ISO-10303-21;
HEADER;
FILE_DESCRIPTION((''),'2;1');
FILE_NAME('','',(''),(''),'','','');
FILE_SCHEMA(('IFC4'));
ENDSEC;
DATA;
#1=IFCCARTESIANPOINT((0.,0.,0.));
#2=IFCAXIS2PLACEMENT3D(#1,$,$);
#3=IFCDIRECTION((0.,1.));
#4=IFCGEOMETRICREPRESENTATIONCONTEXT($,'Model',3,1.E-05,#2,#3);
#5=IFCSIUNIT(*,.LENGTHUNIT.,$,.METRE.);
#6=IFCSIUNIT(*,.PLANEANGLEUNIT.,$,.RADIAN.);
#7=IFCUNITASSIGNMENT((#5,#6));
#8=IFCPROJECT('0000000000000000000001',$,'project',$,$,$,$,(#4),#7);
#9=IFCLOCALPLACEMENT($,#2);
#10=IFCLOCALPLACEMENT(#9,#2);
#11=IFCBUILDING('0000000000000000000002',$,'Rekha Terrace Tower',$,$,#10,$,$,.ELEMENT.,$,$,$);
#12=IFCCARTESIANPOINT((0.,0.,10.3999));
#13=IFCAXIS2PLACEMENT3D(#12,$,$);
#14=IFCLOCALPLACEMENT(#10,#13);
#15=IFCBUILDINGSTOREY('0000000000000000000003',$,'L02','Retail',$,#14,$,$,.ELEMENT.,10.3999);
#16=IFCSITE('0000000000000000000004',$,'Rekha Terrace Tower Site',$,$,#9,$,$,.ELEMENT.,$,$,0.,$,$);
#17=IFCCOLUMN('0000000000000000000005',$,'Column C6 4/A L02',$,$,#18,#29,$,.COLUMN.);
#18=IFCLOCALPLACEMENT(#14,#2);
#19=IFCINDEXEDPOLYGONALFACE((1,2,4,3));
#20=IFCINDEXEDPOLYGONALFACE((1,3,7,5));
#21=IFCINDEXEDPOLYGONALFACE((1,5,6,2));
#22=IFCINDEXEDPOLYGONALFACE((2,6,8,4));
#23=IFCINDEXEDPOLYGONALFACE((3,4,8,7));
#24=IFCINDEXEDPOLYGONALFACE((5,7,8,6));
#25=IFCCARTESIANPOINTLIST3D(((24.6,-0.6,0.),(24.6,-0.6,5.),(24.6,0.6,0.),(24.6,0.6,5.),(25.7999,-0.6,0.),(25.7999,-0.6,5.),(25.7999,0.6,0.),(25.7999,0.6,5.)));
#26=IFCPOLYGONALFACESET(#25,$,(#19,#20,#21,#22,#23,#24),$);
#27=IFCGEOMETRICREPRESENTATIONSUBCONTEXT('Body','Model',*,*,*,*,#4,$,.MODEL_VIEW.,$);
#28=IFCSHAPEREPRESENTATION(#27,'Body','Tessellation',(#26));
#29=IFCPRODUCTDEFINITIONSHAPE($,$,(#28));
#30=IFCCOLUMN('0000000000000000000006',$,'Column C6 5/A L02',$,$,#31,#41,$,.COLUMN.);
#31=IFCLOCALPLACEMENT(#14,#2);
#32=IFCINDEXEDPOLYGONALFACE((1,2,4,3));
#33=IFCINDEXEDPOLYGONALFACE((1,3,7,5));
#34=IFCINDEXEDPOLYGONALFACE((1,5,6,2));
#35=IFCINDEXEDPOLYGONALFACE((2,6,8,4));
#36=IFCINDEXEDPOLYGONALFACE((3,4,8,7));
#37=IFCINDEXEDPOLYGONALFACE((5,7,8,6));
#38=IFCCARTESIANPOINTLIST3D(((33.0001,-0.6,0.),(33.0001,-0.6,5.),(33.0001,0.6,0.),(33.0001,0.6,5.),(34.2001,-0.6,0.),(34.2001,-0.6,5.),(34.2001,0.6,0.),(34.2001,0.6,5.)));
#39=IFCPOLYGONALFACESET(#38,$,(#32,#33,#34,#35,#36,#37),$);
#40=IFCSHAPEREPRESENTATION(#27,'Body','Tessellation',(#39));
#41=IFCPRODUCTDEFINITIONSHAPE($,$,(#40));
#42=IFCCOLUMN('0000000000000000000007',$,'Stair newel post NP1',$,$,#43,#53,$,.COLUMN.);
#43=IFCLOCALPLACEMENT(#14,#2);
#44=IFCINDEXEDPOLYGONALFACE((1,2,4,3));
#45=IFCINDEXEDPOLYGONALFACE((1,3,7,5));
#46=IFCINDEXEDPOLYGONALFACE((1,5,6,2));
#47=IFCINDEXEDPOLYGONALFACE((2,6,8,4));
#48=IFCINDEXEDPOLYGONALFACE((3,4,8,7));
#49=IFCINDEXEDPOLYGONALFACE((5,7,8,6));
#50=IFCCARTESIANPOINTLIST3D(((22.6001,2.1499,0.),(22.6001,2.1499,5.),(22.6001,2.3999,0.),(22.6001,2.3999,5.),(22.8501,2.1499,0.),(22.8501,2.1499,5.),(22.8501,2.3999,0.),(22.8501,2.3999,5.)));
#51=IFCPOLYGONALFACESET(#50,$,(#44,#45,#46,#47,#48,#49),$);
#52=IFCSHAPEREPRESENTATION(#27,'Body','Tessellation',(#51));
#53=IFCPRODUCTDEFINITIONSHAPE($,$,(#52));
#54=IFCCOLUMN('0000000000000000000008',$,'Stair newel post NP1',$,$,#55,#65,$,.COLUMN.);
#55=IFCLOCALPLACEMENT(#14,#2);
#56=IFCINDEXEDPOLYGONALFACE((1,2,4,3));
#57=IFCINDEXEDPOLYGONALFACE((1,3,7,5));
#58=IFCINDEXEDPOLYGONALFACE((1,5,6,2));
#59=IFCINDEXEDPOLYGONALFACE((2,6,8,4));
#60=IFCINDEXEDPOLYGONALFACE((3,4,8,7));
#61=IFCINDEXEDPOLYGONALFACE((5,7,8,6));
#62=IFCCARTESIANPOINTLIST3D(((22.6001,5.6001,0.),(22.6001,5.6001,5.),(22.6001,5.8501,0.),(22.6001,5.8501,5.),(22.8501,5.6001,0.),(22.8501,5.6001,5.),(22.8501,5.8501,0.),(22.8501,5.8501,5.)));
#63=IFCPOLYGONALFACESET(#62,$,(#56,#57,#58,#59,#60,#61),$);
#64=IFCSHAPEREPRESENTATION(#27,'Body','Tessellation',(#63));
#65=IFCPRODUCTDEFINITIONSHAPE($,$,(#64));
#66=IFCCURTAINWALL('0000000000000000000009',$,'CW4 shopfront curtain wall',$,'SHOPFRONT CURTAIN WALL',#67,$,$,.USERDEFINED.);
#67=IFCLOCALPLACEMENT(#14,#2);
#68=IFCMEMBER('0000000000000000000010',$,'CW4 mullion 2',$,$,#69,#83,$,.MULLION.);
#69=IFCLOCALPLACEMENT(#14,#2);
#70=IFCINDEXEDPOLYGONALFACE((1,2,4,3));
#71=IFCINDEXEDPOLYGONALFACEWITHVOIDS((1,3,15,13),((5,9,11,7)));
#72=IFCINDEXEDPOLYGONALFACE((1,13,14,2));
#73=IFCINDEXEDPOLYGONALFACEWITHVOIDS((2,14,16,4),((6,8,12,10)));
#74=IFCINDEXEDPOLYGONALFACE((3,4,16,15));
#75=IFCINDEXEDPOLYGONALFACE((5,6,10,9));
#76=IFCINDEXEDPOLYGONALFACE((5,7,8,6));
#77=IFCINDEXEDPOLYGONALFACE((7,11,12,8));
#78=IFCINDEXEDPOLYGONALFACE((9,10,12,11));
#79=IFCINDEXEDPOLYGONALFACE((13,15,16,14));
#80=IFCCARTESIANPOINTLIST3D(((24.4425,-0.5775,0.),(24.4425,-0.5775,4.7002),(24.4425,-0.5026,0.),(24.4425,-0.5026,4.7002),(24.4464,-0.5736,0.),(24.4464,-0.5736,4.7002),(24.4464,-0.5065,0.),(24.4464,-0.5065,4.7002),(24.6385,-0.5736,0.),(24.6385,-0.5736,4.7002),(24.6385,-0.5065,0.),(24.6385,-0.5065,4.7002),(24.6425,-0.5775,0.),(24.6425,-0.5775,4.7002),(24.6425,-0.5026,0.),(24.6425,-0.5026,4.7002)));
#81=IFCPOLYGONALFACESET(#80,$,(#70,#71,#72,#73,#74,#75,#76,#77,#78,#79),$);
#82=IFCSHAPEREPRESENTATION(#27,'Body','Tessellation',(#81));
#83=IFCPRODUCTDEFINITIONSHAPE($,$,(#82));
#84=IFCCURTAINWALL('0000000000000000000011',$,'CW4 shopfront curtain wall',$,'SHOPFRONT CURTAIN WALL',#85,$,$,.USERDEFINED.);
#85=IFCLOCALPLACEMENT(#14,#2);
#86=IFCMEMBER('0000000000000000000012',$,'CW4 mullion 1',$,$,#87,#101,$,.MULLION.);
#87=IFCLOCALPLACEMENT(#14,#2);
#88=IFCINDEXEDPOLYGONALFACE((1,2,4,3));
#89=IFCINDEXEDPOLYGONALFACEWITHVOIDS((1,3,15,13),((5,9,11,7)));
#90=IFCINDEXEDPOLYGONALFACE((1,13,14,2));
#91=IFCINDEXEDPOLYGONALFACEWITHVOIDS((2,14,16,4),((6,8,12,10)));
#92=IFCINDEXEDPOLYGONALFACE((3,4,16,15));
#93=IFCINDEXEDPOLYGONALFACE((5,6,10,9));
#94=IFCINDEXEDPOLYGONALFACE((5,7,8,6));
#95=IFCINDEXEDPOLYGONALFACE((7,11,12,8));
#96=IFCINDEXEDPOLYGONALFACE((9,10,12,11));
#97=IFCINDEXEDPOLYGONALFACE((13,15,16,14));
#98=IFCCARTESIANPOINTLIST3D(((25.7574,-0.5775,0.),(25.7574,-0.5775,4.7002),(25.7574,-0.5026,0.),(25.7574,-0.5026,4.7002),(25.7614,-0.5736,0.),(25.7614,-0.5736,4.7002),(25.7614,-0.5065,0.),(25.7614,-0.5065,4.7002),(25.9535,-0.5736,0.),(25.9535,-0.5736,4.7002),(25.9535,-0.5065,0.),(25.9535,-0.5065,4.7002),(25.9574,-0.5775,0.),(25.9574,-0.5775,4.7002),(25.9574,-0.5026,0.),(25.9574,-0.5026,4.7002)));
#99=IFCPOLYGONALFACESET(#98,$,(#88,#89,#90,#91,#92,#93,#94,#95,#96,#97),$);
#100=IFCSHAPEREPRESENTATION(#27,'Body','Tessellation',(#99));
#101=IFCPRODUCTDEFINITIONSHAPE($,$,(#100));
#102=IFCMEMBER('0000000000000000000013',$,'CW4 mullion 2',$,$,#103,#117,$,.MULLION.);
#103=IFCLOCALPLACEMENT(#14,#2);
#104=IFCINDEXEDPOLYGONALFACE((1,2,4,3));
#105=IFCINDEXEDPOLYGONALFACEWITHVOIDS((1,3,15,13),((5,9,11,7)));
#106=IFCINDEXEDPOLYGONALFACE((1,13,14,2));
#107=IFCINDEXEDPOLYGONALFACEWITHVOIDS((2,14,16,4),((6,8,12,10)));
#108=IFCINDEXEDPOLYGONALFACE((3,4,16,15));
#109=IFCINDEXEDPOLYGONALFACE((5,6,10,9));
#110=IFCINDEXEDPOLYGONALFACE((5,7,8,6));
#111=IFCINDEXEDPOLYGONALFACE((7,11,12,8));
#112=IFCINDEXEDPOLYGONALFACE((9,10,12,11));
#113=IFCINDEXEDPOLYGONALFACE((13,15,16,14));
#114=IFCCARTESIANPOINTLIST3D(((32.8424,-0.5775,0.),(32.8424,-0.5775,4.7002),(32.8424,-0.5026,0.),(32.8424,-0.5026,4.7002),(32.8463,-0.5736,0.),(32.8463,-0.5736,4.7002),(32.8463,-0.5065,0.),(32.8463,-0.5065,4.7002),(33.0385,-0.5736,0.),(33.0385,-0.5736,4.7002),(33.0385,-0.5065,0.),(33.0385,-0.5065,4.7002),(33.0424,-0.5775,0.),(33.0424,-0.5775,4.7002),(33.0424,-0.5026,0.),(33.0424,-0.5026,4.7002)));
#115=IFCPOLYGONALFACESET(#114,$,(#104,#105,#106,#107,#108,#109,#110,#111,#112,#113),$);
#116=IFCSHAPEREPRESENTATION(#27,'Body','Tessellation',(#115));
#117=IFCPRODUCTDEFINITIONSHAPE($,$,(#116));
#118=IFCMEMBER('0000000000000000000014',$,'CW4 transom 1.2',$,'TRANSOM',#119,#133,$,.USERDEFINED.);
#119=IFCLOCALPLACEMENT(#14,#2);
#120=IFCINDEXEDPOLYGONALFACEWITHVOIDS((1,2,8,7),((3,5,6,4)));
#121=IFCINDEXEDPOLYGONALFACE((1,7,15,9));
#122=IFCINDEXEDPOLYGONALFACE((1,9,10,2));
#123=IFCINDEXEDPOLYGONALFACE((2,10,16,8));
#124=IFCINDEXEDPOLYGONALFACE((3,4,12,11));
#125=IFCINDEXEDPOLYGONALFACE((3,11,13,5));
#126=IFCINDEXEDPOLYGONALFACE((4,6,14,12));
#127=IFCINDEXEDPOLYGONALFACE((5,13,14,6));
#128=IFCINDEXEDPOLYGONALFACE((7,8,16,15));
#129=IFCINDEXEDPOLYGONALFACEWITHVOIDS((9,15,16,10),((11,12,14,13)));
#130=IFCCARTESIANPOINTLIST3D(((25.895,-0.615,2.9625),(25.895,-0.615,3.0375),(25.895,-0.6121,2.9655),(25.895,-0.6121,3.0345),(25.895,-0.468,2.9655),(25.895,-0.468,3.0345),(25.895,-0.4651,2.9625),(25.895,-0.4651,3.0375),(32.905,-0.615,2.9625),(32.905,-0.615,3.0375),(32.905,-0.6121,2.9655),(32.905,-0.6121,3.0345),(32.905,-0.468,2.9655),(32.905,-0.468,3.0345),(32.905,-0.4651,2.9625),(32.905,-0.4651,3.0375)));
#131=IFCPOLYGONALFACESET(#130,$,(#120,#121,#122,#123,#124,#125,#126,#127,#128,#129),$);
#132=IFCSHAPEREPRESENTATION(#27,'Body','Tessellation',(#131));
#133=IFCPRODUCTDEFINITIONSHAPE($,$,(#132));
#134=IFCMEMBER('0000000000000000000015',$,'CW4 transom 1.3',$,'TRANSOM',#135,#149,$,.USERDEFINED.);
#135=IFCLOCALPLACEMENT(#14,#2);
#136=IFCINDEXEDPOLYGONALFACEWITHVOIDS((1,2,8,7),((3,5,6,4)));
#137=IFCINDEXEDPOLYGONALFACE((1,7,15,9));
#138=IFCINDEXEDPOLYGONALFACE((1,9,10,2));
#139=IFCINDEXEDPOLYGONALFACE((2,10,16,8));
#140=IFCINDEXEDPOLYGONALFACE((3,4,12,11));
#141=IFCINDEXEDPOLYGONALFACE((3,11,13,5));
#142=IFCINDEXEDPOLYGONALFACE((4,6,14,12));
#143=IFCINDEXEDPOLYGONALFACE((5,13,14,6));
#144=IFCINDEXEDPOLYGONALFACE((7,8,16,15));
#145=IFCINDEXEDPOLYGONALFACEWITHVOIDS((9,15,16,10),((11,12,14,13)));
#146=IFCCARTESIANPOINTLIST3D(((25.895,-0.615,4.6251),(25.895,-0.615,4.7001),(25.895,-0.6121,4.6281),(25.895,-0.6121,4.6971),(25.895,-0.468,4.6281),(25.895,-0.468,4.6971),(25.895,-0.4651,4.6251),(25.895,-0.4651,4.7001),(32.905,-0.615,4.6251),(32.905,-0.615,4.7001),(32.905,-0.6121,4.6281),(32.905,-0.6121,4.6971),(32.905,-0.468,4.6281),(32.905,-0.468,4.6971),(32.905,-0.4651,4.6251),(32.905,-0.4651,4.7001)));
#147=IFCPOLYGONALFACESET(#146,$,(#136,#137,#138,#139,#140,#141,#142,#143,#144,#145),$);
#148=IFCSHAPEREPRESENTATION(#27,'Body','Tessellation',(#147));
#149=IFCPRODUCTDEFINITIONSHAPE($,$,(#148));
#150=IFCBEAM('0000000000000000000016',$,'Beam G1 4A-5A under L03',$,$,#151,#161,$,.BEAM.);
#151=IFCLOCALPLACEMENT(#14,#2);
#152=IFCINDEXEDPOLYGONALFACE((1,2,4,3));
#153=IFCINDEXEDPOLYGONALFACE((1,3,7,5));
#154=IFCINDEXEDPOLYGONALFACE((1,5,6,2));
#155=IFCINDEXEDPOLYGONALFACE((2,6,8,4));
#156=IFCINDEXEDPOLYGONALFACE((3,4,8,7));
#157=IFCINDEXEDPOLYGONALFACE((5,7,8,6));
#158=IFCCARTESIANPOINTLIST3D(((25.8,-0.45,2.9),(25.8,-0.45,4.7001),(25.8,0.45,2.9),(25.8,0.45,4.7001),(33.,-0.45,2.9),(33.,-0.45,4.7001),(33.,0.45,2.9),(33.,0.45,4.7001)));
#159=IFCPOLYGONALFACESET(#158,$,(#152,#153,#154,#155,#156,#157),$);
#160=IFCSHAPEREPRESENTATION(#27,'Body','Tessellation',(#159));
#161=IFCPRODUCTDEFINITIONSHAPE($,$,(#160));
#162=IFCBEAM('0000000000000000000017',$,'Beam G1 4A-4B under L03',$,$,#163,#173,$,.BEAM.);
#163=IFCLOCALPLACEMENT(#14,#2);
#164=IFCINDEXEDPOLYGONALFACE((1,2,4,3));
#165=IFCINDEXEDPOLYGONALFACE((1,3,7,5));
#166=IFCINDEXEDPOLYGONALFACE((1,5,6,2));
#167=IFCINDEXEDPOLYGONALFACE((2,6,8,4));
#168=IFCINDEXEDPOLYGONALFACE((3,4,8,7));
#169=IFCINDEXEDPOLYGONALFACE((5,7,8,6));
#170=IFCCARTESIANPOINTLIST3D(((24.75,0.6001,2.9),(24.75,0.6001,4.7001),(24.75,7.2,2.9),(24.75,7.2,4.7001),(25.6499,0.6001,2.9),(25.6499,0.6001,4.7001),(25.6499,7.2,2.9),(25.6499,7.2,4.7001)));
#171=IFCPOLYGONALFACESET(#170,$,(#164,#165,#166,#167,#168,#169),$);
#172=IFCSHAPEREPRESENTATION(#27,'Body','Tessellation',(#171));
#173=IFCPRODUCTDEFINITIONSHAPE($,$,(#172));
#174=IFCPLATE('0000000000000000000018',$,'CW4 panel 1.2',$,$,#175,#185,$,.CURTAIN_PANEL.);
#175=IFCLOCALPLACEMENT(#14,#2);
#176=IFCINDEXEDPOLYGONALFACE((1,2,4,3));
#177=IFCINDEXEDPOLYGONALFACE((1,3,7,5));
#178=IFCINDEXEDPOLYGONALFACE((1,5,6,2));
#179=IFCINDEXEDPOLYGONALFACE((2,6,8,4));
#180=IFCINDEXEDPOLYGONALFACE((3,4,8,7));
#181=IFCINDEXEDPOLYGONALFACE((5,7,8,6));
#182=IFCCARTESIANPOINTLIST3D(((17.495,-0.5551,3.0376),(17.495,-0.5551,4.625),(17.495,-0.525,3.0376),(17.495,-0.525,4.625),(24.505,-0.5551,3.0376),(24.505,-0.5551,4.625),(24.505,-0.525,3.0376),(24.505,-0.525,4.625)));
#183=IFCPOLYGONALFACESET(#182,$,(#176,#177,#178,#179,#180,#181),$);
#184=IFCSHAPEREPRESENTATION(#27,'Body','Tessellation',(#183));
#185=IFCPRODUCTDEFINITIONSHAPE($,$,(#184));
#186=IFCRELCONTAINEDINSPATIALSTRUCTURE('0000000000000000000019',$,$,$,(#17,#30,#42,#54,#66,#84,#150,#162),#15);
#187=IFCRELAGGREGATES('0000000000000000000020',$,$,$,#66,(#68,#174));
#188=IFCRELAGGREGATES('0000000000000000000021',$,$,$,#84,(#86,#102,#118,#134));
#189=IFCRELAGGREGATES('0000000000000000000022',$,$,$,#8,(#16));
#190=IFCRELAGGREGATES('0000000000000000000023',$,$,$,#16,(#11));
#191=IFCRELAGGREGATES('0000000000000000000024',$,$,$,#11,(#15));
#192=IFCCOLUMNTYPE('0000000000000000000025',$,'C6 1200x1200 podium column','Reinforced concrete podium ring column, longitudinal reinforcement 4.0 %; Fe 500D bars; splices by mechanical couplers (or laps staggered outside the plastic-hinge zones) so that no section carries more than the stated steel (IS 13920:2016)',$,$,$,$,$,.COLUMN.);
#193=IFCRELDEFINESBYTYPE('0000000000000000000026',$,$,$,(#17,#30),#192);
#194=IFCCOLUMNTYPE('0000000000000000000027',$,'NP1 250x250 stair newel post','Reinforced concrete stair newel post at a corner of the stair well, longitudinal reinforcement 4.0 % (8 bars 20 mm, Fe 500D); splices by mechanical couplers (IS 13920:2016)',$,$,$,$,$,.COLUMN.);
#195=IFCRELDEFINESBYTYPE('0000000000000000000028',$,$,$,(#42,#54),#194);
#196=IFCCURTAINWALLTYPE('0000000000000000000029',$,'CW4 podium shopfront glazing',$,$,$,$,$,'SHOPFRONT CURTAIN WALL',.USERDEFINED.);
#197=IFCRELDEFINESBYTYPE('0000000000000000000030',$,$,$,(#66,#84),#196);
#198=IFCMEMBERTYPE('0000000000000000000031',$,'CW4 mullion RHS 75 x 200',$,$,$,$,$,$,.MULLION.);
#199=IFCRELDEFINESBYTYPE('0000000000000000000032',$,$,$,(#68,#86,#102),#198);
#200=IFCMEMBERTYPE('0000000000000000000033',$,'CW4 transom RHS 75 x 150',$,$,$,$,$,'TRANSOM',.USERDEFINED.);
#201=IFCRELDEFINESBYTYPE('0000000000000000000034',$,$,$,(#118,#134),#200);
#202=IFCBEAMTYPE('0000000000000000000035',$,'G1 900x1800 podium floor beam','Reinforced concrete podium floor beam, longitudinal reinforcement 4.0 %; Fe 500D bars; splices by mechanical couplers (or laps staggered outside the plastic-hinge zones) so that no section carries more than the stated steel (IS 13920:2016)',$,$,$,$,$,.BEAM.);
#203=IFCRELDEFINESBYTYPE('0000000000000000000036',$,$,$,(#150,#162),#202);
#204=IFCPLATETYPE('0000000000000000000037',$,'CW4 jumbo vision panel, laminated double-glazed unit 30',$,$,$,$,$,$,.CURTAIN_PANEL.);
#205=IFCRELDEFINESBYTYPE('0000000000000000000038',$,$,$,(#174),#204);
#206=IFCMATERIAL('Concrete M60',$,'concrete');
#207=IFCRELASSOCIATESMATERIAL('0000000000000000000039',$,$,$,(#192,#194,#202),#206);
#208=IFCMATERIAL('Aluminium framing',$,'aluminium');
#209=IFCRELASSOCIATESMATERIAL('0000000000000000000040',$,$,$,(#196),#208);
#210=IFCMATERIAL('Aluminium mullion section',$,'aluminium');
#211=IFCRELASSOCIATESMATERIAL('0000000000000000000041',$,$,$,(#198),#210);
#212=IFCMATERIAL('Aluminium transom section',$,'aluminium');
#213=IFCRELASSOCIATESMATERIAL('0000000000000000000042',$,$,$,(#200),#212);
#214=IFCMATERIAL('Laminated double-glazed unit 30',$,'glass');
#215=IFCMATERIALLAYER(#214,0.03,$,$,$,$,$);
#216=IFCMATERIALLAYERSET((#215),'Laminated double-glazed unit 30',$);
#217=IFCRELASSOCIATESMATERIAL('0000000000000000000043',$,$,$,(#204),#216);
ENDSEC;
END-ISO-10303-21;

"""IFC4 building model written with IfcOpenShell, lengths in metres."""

from ifc_helpers import new_model, si_unit, direction, frame, origin, origin_2d, place, context, subcontext, project, spatial, rectangle, hollow_rectangle, extrude, material, layer, layer_set, material_profile, profile_set, type_object, element, aggregate, save


model = new_model("IFC4")

# Units and contexts
model_context = context("Model", 3, precision=1e-05, world=origin(), true_north=direction((0.0, 1.0)))
body_context = subcontext(model_context, "Body", "Model", "MODEL_VIEW")
ifc_project = project(units=[si_unit("LENGTHUNIT", "METRE"), si_unit("PLANEANGLEUNIT", "RADIAN")], contexts=[model_context])

# Site, building, storey
site_placement = place(None, origin())
site = spatial("IfcSite", under=ifc_project, at=site_placement, Name="Rekha Terrace Tower Site", CompositionType="ELEMENT", RefElevation=0.0)
building_placement = place(site_placement, origin())
building = spatial("IfcBuilding", under=site, at=building_placement, Name="Rekha Terrace Tower", CompositionType="ELEMENT")
storey_placement = place(building_placement, frame((0.0, 0.0, 10.3999)))
storey = spatial("IfcBuildingStorey", under=building, at=storey_placement, Name="L02", Description="Retail", CompositionType="ELEMENT", Elevation=10.3999)

# Columns
ifc_material_1 = material(Name="Concrete M60", Category="concrete")
ifc_material_profile_1 = material_profile(ifc_material_1, rectangle(XDim=1.2, YDim=1.2, at=origin_2d()), Name="RC 1200x1200")
ifc_profile_set_1 = profile_set([ifc_material_profile_1], Name="Concrete M60")
column_type_1 = type_object("IfcColumnType", Name="C6 1200x1200 podium column", Description="Reinforced concrete podium ring column, longitudinal reinforcement 4.0 %; Fe 500D bars; splices by mechanical couplers (or laps staggered outside the plastic-hinge zones) so that no section carries more than the stated steel (IS 13920:2016)", PredefinedType="COLUMN", material=ifc_profile_set_1)
for number, where, z_axis, x_axis, name in (
    (1, (25.2, 0.0, 0.0), (0.0, 0.0, 1.0), (1.0, 0.0, 0.0), "Column C6 4/A L02"),
    (2, (33.6001, 0.0, 0.0), (0.0, 0.0, 1.0), (1.0, 0.0, 0.0), "Column C6 5/A L02"),
):
    element("IfcColumn", number, at=place(storey_placement, frame(where, z_axis=z_axis, x_axis=x_axis)), inside=storey, type_object=column_type_1, Name=name, PredefinedType="COLUMN", context=body_context, shape_type="SweptSolid", body=[
        extrude(rectangle(XDim=1.2, YDim=1.2, at=origin_2d()), origin(), (0.0, 0.0, 1.0), 5.0),
    ])
ifc_material_profile_2 = material_profile(ifc_material_1, rectangle(XDim=0.25, YDim=0.25, at=origin_2d()), Name="RC 250x250")
ifc_profile_set_2 = profile_set([ifc_material_profile_2], Name="Concrete M60")
column_type_2 = type_object("IfcColumnType", Name="NP1 250x250 stair newel post", Description="Reinforced concrete stair newel post at a corner of the stair well, longitudinal reinforcement 4.0 % (8 bars 20 mm, Fe 500D); splices by mechanical couplers (IS 13920:2016)", PredefinedType="COLUMN", material=ifc_profile_set_2)
for number, where, z_axis, x_axis, name in (
    (3, (22.7251, 2.2749, 0.0), (0.0, 0.0, 1.0), (1.0, 0.0, 0.0), "Stair newel post NP1"),
    (4, (22.7251, 5.7251, 0.0), (0.0, 0.0, 1.0), (1.0, 0.0, 0.0), "Stair newel post NP1"),
):
    element("IfcColumn", number, at=place(storey_placement, frame(where, z_axis=z_axis, x_axis=x_axis)), inside=storey, type_object=column_type_2, Name=name, PredefinedType="COLUMN", context=body_context, shape_type="SweptSolid", body=[
        extrude(rectangle(XDim=0.25, YDim=0.25, at=origin_2d()), origin(), (0.0, 0.0, 1.0), 5.0),
    ])

# Curtain wall, member
ifc_material_2 = material(Name="Aluminium framing", Category="aluminium")
curtain_wall_type = type_object("IfcCurtainWallType", Name="CW4 podium shopfront glazing", ElementType="SHOPFRONT CURTAIN WALL", PredefinedType="USERDEFINED", material=ifc_material_2)
curtain_wall_1_placement = place(storey_placement, origin())
curtain_wall_1 = element("IfcCurtainWall", 5, at=curtain_wall_1_placement, inside=storey, type_object=curtain_wall_type, Name="CW4 shopfront curtain wall", ObjectType="SHOPFRONT CURTAIN WALL", PredefinedType="USERDEFINED")
ifc_material_3 = material(Name="Aluminium mullion section", Category="aluminium")
ifc_material_profile_3 = material_profile(ifc_material_3, hollow_rectangle(XDim=0.075, YDim=0.2, WallThickness=0.0039, at=origin_2d()), Name="AL RHS 75x200")
ifc_profile_set_3 = profile_set([ifc_material_profile_3], Name="Aluminium mullion section")
member_type_1 = type_object("IfcMemberType", Name="CW4 mullion RHS 75 x 200", PredefinedType="MULLION", material=ifc_profile_set_3)
member_1_placement = place(storey_placement, frame((24.5425, -0.54, 0.0), z_axis=(0.0, 0.0, 1.0), x_axis=(0.0, 1.0, 0.0)))
member_1 = element("IfcMember", 6, at=member_1_placement, type_object=member_type_1, Name="CW4 mullion 2", PredefinedType="MULLION", context=body_context, shape_type="SweptSolid", body=[
    extrude(hollow_rectangle(XDim=0.075, YDim=0.2, WallThickness=0.0039, at=origin_2d()), origin(), (0.0, 0.0, 1.0), 4.7002),
])

# Curtain wall, members
curtain_wall_2_placement = place(storey_placement, origin())
curtain_wall_2 = element("IfcCurtainWall", 7, at=curtain_wall_2_placement, inside=storey, type_object=curtain_wall_type, Name="CW4 shopfront curtain wall", ObjectType="SHOPFRONT CURTAIN WALL", PredefinedType="USERDEFINED")
member_2_placement = place(storey_placement, frame((25.8574, -0.54, 0.0), z_axis=(0.0, 0.0, 1.0), x_axis=(0.0, 1.0, 0.0)))
member_2 = element("IfcMember", 8, at=member_2_placement, type_object=member_type_1, Name="CW4 mullion 1", PredefinedType="MULLION", context=body_context, shape_type="SweptSolid", body=[
    extrude(hollow_rectangle(XDim=0.075, YDim=0.2, WallThickness=0.0039, at=origin_2d()), origin(), (0.0, 0.0, 1.0), 4.7002),
])
member_3_placement = place(storey_placement, frame((32.9424, -0.54, 0.0), z_axis=(0.0, 0.0, 1.0), x_axis=(0.0, 1.0, 0.0)))
member_3 = element("IfcMember", 9, at=member_3_placement, type_object=member_type_1, Name="CW4 mullion 2", PredefinedType="MULLION", context=body_context, shape_type="SweptSolid", body=[
    extrude(hollow_rectangle(XDim=0.075, YDim=0.2, WallThickness=0.0039, at=origin_2d()), origin(), (0.0, 0.0, 1.0), 4.7002),
])
ifc_material_4 = material(Name="Aluminium transom section", Category="aluminium")
ifc_material_profile_4 = material_profile(ifc_material_4, hollow_rectangle(XDim=0.1499, YDim=0.075, WallThickness=0.0029, at=origin_2d()), Name="AL RHS 150x75")
ifc_profile_set_4 = profile_set([ifc_material_profile_4], Name="Aluminium transom section")
member_type_2 = type_object("IfcMemberType", Name="CW4 transom RHS 75 x 150", ElementType="TRANSOM", PredefinedType="USERDEFINED", material=ifc_profile_set_4)
member_4_placement = place(storey_placement, frame((25.895, -0.54, 3.0), z_axis=(1.0, 0.0, 0.0), x_axis=(0.0, 1.0, 0.0)))
member_4 = element("IfcMember", 10, at=member_4_placement, type_object=member_type_2, Name="CW4 transom 1.2", ObjectType="TRANSOM", PredefinedType="USERDEFINED", context=body_context, shape_type="SweptSolid", body=[
    extrude(hollow_rectangle(XDim=0.1499, YDim=0.075, WallThickness=0.0029, at=origin_2d()), origin(), (0.0, 0.0, 1.0), 7.01),
])
member_5_placement = place(storey_placement, frame((25.895, -0.54, 4.6626), z_axis=(1.0, 0.0, 0.0), x_axis=(0.0, 1.0, 0.0)))
member_5 = element("IfcMember", 11, at=member_5_placement, type_object=member_type_2, Name="CW4 transom 1.3", ObjectType="TRANSOM", PredefinedType="USERDEFINED", context=body_context, shape_type="SweptSolid", body=[
    extrude(hollow_rectangle(XDim=0.1499, YDim=0.075, WallThickness=0.0029, at=origin_2d()), origin(), (0.0, 0.0, 1.0), 7.01),
])

# Beams
ifc_material_profile_5 = material_profile(ifc_material_1, rectangle(XDim=0.8999, YDim=1.8, at=origin_2d()), Name="RC 900x1800")
ifc_profile_set_5 = profile_set([ifc_material_profile_5], Name="Concrete M60")
beam_type = type_object("IfcBeamType", Name="G1 900x1800 podium floor beam", Description="Reinforced concrete podium floor beam, longitudinal reinforcement 4.0 %; Fe 500D bars; splices by mechanical couplers (or laps staggered outside the plastic-hinge zones) so that no section carries more than the stated steel (IS 13920:2016)", PredefinedType="BEAM", material=ifc_profile_set_5)
beam_1_placement = place(storey_placement, frame((25.8, 0.0, 3.8), z_axis=(1.0, 0.0, 0.0), x_axis=(0.0, 1.0, 0.0)))
element("IfcBeam", 12, at=beam_1_placement, inside=storey, type_object=beam_type, Name="Beam G1 4A-5A under L03", PredefinedType="BEAM", context=body_context, shape_type="SweptSolid", body=[
    extrude(rectangle(XDim=0.8999, YDim=1.8, at=origin_2d()), origin(), (0.0, 0.0, 1.0), 7.2),
])
beam_2_placement = place(storey_placement, frame((25.2, 0.6001, 3.8), z_axis=(0.0, 1.0, 0.0), x_axis=(-1.0, 0.0, 0.0)))
element("IfcBeam", 13, at=beam_2_placement, inside=storey, type_object=beam_type, Name="Beam G1 4A-4B under L03", PredefinedType="BEAM", context=body_context, shape_type="SweptSolid", body=[
    extrude(rectangle(XDim=0.8999, YDim=1.8, at=origin_2d()), origin(), (0.0, 0.0, 1.0), 6.5999),
])

# Plate
ifc_material_5 = material(Name="Laminated double-glazed unit 30", Category="glass")
ifc_layer_1 = layer(ifc_material_5, 0.03)
ifc_layer_set_1 = layer_set([ifc_layer_1], Name="Laminated double-glazed unit 30")
plate_type = type_object("IfcPlateType", Name="CW4 jumbo vision panel, laminated double-glazed unit 30", PredefinedType="CURTAIN_PANEL", material=ifc_layer_set_1)
plate_1_placement = place(storey_placement, frame((21.0, -0.54, 3.0376), z_axis=(0.0, 0.0, 1.0), x_axis=(1.0, 0.0, 0.0)))
plate_1 = element("IfcPlate", 14, at=plate_1_placement, type_object=plate_type, Name="CW4 panel 1.2", PredefinedType="CURTAIN_PANEL", context=body_context, shape_type="SweptSolid", body=[
    extrude(rectangle(XDim=7.01, YDim=0.03, at=origin_2d()), origin(), (0.0, 0.0, 1.0), 1.5874),
])
aggregate(curtain_wall_1, [member_1, plate_1])
aggregate(curtain_wall_2, [member_2, member_3, member_4, member_5])

save(model, "model.ifc")
